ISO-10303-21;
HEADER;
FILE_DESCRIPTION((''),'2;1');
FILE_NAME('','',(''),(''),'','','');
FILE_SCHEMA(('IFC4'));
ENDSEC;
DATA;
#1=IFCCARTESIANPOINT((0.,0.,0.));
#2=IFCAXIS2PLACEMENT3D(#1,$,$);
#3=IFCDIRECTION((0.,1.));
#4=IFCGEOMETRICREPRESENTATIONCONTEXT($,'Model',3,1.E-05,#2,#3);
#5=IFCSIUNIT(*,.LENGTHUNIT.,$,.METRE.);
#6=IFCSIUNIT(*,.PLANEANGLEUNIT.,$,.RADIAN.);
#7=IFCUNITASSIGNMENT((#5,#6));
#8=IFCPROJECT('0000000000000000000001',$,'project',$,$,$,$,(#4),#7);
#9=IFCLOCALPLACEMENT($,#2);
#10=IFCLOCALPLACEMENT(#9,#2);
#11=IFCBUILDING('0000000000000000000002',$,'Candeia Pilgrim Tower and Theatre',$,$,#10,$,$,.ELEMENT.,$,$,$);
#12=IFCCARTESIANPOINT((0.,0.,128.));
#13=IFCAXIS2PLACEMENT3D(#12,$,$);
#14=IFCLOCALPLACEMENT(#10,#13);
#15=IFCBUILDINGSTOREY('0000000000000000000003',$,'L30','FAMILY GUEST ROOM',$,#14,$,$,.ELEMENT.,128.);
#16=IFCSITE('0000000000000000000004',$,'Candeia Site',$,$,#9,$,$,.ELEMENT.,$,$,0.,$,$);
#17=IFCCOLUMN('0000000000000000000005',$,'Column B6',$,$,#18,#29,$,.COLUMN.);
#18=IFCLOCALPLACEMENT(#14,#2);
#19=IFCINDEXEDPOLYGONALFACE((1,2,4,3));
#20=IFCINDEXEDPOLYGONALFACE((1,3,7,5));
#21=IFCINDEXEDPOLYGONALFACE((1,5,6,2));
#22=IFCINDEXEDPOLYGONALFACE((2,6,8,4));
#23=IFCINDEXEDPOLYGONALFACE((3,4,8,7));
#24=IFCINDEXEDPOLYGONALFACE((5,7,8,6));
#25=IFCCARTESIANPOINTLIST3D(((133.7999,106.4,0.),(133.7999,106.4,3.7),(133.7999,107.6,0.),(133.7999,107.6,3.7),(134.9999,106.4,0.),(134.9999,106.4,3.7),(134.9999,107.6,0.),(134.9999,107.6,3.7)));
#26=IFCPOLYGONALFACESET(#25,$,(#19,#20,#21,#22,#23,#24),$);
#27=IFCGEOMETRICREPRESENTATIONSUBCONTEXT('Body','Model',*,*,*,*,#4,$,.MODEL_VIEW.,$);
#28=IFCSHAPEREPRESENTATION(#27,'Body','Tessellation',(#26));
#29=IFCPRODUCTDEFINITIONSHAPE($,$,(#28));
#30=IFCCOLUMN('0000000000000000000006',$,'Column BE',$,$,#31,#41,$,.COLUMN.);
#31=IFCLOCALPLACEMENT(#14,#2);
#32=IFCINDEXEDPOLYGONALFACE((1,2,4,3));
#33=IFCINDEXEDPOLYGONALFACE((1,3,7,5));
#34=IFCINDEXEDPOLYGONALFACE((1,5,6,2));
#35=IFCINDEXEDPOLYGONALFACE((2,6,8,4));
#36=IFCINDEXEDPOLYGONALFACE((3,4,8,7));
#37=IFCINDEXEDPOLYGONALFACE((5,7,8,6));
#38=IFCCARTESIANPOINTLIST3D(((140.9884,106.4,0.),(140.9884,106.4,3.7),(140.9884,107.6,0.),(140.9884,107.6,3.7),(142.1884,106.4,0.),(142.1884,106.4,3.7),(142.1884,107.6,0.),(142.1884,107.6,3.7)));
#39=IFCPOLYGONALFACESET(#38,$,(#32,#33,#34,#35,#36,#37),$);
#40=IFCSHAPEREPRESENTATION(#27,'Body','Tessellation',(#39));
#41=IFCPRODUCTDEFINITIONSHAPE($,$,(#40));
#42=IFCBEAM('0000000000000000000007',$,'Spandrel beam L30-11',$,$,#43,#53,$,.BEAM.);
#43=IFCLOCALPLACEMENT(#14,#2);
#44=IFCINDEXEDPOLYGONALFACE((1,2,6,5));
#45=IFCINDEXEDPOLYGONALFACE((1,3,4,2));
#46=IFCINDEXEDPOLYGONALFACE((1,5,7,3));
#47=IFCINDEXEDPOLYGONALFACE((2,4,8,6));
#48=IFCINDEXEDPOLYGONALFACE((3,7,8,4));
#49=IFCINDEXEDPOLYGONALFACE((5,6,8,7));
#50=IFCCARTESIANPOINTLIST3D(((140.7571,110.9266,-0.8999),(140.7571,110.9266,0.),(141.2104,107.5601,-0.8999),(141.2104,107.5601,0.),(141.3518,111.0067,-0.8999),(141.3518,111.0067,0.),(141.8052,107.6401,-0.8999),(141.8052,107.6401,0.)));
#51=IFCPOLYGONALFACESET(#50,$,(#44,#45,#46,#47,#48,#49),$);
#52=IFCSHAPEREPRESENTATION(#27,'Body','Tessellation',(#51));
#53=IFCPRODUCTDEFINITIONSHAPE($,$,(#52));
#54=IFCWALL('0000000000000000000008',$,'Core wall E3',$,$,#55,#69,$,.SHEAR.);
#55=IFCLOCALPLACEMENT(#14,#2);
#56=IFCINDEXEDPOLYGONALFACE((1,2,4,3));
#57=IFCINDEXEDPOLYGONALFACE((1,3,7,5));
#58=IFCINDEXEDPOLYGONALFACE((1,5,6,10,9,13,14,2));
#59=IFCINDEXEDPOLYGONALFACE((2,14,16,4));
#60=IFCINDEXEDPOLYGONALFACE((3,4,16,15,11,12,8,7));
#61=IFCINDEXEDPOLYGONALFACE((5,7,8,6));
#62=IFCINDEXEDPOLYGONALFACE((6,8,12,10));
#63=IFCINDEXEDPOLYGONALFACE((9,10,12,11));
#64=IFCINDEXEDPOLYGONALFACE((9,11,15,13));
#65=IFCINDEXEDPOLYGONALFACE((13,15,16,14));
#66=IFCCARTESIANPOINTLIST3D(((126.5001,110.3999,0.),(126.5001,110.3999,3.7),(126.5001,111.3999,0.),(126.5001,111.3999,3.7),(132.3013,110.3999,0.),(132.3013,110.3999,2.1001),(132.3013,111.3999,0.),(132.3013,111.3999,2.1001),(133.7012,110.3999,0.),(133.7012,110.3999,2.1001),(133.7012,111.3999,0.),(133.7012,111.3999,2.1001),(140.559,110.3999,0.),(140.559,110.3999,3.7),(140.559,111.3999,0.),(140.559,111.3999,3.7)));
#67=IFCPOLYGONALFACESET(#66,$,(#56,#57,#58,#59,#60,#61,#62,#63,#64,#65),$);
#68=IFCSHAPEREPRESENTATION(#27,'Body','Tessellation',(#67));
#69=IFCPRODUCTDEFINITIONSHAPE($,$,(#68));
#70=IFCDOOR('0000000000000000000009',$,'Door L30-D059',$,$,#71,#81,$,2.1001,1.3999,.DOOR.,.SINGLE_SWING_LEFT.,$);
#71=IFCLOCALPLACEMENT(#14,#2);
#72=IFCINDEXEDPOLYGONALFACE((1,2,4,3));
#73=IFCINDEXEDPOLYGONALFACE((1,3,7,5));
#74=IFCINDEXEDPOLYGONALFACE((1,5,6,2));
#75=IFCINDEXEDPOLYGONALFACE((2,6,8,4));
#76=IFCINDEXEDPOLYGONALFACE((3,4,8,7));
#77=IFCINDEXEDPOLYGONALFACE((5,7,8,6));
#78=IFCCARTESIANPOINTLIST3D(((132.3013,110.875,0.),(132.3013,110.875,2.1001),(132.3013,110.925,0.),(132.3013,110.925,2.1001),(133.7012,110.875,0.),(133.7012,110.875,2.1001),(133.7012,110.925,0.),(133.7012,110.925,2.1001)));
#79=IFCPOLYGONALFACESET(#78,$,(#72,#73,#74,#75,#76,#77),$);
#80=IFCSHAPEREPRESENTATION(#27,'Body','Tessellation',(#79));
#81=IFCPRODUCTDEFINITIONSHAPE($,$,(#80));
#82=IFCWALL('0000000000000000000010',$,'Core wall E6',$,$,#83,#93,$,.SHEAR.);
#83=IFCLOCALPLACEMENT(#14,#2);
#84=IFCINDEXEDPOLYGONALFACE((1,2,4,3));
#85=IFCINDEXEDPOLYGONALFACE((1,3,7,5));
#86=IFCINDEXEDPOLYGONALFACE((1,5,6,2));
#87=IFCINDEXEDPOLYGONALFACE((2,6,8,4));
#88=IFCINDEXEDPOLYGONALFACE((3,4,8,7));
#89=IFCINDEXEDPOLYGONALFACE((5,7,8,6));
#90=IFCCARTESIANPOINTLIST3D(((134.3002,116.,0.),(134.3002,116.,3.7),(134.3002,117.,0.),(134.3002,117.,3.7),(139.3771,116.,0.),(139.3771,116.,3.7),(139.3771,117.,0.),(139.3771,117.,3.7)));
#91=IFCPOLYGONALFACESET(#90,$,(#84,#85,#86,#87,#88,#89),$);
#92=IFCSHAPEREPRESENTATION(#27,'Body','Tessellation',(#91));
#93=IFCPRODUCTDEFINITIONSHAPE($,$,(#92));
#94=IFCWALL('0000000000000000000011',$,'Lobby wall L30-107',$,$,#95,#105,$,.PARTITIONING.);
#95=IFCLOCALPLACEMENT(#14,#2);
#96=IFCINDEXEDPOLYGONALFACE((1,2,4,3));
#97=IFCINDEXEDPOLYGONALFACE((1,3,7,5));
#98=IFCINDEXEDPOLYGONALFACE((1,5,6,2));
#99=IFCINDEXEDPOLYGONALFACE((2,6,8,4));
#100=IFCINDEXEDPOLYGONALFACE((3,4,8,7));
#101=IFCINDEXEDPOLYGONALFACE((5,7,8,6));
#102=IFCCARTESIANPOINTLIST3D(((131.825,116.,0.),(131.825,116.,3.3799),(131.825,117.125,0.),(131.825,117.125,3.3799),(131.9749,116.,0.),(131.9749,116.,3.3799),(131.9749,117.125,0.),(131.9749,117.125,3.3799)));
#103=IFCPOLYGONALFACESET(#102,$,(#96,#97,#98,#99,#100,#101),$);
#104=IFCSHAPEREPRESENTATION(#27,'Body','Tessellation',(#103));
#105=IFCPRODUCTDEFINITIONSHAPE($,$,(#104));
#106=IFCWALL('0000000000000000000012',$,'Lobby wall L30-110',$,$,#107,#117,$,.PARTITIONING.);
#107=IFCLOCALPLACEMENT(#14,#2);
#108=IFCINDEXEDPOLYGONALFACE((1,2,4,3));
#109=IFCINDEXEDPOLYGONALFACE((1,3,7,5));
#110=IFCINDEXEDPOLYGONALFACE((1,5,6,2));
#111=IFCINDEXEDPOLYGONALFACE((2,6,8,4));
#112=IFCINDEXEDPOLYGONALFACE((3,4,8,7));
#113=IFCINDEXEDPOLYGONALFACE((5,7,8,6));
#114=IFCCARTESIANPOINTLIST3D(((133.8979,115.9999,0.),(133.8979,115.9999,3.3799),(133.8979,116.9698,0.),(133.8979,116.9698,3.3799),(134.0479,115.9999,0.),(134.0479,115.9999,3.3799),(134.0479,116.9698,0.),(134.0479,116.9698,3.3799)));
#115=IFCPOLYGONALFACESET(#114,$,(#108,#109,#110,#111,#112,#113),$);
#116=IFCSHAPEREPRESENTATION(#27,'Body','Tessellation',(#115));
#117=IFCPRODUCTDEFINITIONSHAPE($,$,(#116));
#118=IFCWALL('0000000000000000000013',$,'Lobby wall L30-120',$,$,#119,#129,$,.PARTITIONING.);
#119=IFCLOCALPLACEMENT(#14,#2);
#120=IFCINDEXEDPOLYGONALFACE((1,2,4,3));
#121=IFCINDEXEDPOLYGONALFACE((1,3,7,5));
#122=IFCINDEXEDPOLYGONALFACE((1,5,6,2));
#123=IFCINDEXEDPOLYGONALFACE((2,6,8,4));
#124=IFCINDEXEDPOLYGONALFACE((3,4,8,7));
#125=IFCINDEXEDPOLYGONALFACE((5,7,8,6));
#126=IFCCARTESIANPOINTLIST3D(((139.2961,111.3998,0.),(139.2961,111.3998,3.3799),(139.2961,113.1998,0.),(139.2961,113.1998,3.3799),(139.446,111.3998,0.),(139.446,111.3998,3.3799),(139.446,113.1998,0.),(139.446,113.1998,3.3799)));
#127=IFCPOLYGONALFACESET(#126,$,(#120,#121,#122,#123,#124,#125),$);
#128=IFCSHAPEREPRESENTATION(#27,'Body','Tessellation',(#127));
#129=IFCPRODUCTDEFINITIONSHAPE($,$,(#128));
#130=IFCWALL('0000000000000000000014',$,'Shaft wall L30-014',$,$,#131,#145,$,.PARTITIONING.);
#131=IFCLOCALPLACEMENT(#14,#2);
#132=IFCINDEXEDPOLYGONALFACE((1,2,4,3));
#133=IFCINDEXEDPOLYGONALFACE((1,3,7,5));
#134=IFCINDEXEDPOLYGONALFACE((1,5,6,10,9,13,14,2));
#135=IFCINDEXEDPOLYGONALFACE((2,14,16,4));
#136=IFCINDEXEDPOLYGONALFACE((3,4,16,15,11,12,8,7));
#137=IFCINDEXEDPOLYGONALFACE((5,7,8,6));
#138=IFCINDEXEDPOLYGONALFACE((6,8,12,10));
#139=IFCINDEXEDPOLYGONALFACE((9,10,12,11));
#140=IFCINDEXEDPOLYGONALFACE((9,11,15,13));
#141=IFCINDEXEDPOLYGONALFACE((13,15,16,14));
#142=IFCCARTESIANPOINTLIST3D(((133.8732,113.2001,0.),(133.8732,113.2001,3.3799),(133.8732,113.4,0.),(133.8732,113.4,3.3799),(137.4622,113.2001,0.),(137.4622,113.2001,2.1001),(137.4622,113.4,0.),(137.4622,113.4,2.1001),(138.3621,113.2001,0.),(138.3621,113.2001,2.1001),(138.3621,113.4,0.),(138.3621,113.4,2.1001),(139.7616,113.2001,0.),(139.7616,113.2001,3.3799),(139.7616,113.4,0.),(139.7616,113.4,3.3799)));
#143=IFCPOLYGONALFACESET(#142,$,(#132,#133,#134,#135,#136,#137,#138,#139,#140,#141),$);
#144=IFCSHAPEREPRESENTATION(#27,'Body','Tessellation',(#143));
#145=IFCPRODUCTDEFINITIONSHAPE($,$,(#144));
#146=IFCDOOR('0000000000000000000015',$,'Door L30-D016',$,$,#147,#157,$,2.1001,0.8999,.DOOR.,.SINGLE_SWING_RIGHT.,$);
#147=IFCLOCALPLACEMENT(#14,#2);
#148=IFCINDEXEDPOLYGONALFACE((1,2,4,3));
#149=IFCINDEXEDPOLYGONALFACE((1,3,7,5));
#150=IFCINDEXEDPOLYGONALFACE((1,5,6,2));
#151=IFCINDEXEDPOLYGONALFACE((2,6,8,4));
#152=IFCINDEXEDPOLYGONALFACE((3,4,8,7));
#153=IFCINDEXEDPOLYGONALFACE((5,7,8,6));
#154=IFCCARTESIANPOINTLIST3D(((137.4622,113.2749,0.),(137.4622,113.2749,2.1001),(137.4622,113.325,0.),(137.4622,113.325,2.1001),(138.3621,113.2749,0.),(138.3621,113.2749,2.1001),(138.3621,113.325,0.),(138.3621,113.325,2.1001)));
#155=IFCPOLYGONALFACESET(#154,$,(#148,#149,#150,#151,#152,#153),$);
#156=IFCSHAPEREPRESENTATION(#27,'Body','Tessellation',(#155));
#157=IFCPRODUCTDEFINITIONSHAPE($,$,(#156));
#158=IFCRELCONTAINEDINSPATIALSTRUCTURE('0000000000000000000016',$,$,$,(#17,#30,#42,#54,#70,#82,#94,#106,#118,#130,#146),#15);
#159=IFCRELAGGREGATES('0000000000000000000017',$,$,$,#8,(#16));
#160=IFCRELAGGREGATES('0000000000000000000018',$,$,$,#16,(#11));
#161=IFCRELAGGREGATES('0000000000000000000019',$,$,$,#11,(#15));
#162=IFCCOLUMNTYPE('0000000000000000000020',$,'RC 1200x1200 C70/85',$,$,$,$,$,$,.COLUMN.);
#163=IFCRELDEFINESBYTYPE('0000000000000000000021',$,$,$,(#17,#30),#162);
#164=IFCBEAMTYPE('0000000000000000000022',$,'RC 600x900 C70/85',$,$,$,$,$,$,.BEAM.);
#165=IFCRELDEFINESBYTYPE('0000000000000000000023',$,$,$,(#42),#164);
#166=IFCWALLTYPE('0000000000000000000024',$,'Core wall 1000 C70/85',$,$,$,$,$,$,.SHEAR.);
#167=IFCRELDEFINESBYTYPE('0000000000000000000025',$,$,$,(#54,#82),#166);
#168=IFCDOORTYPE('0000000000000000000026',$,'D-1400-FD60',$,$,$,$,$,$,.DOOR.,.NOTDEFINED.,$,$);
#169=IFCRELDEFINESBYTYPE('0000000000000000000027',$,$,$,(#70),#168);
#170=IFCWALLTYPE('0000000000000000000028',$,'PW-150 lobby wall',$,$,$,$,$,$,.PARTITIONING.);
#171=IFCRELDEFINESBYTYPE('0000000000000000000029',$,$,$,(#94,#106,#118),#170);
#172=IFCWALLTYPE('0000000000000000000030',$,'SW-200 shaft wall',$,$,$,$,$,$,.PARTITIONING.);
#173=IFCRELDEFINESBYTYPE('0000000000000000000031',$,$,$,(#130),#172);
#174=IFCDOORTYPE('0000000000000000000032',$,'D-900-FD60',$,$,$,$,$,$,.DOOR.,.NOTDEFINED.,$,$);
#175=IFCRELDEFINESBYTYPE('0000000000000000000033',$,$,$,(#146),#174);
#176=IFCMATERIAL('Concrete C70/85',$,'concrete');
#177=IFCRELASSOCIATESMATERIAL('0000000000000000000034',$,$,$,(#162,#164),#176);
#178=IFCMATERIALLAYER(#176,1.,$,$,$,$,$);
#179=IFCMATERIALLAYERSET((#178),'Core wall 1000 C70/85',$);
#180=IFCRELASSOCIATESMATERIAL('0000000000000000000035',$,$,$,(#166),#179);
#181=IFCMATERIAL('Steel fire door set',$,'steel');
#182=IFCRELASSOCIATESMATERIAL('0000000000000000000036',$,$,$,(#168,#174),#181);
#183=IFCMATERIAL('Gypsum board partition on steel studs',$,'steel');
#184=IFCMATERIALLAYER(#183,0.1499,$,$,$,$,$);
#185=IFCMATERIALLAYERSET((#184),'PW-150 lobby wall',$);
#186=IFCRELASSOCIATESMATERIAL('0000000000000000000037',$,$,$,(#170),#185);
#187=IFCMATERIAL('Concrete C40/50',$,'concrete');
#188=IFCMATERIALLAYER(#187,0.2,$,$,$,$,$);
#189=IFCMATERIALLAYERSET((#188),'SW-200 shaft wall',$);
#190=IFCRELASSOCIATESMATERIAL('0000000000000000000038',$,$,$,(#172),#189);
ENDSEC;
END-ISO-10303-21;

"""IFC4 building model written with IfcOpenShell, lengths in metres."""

from ifc_helpers import new_model, si_unit, direction, frame, frame_2d, origin, origin_2d, place, context, subcontext, project, spatial, rectangle, extrude, material, layer, layer_set, material_profile, profile_set, type_object, element, fill, save


model = new_model("IFC4")

# Units and contexts
model_context = context("Model", 3, precision=1e-05, world=origin(), true_north=direction((0.0, 1.0)))
body_context = subcontext(model_context, "Body", "Model", "MODEL_VIEW")
ifc_project = project(units=[si_unit("LENGTHUNIT", "METRE"), si_unit("PLANEANGLEUNIT", "RADIAN")], contexts=[model_context])

# Site, building, storey
site_placement = place(None, origin())
site = spatial("IfcSite", under=ifc_project, at=site_placement, Name="Candeia Site", CompositionType="ELEMENT", RefElevation=0.0)
building_placement = place(site_placement, origin())
building = spatial("IfcBuilding", under=site, at=building_placement, Name="Candeia Pilgrim Tower and Theatre", CompositionType="ELEMENT")
storey_placement = place(building_placement, frame((0.0, 0.0, 128.0)))
storey = spatial("IfcBuildingStorey", under=building, at=storey_placement, Name="L30", Description="FAMILY GUEST ROOM", CompositionType="ELEMENT", Elevation=128.0)

# Columns
ifc_material_1 = material(Name="Concrete C70/85", Category="concrete")
ifc_material_profile_1 = material_profile(ifc_material_1, rectangle(XDim=1.2, YDim=1.2, at=origin_2d()))
ifc_profile_set_1 = profile_set([ifc_material_profile_1], Name="Concrete C70/85")
column_type = type_object("IfcColumnType", Name="RC 1200x1200 C70/85", PredefinedType="COLUMN", material=ifc_profile_set_1)
for number, where, z_axis, x_axis, name in (
    (1, (134.3999, 107.0, 0.0), (0.0, 0.0, 1.0), (1.0, 0.0, 0.0), "Column B6"),
    (2, (141.5884, 107.0, 0.0), (0.0, 0.0, 1.0), (1.0, 0.0, 0.0), "Column BE"),
):
    element("IfcColumn", number, at=place(storey_placement, frame(where, z_axis=z_axis, x_axis=x_axis)), inside=storey, type_object=column_type, Name=name, PredefinedType="COLUMN", context=body_context, shape_type="SweptSolid", body=[
        extrude(rectangle(XDim=1.2, YDim=1.2, at=origin_2d()), origin(), (0.0, 0.0, 1.0), 3.7),
    ])

# Beam
ifc_material_profile_2 = material_profile(ifc_material_1, rectangle(XDim=0.6001, YDim=0.8999, at=origin_2d()))
ifc_profile_set_2 = profile_set([ifc_material_profile_2], Name="Concrete C70/85")
beam_type = type_object("IfcBeamType", Name="RC 600x900 C70/85", PredefinedType="BEAM", material=ifc_profile_set_2)
beam_placement = place(storey_placement, frame((141.5078, 107.6001, -0.45), z_axis=(-0.133458, 0.991054, 0.0), x_axis=(-0.991054, -0.133458, 0.0)))
element("IfcBeam", 3, at=beam_placement, inside=storey, type_object=beam_type, Name="Spandrel beam L30-11", PredefinedType="BEAM", context=body_context, shape_type="SweptSolid", body=[
    extrude(rectangle(XDim=0.6001, YDim=0.8999, at=origin_2d()), origin(), (0.0, 0.0, 1.0), 3.397),
])

# Wall, opening, door
ifc_layer_1 = layer(ifc_material_1, 1.0)
ifc_layer_set_1 = layer_set([ifc_layer_1], Name="Core wall 1000 C70/85")
wall_type_1 = type_object("IfcWallType", Name="Core wall 1000 C70/85", PredefinedType="SHEAR", material=ifc_layer_set_1)
wall_1_placement = place(storey_placement, frame((140.5588, 110.8999, 0.0), z_axis=(0.0, 0.0, 1.0), x_axis=(-1.0, 0.0, 0.0)))
wall_1 = element("IfcWall", 4, at=wall_1_placement, inside=storey, type_object=wall_type_1, Name="Core wall E3", PredefinedType="SHEAR", context=body_context, shape_type="SweptSolid", body=[
    extrude(rectangle(XDim=14.0588, YDim=1.0, at=frame_2d((7.0293, 0.0))), origin(), (0.0, 0.0, 1.0), 3.7),
])
opening_1_placement = place(wall_1_placement, frame((6.8577, 0.0, 0.0)))
opening_1 = element("IfcOpeningElement", 5, at=opening_1_placement, cuts=wall_1, PredefinedType="OPENING", context=body_context, shape_type="SweptSolid", body=[
    extrude(rectangle(XDim=1.3999, YDim=2.1001, at=frame_2d((0.7, 1.05))), frame((0.0, 0.51, 0.0), z_axis=(0.0, -1.0, 0.0), x_axis=(1.0, 0.0, 0.0)), (0.0, 0.0, 1.0), 1.02),
])
ifc_material_2 = material(Name="Steel fire door set", Category="steel")
door_type_1 = type_object("IfcDoorType", Name="D-1400-FD60", OperationType="NOTDEFINED", PredefinedType="DOOR", material=ifc_material_2)
door_1_placement = place(opening_1_placement, origin())
door_1 = element("IfcDoor", 6, at=door_1_placement, inside=storey, type_object=door_type_1, Name="Door L30-D059", OperationType="SINGLE_SWING_LEFT", OverallHeight=2.1001, OverallWidth=1.3999, PredefinedType="DOOR", context=body_context, shape_type="SweptSolid", body=[
    extrude(rectangle(XDim=1.3999, YDim=2.1001, at=frame_2d((0.7, 1.05))), frame((0.0, 0.0249, 0.0), z_axis=(0.0, -1.0, 0.0), x_axis=(1.0, 0.0, 0.0)), (0.0, 0.0, 1.0), 0.05),
])
fill(opening_1, door_1)

# Walls
wall_2_placement = place(storey_placement, frame((134.3, 116.5, 0.0), z_axis=(0.0, 0.0, 1.0), x_axis=(1.0, 0.0, 0.0)))
element("IfcWall", 7, at=wall_2_placement, inside=storey, type_object=wall_type_1, Name="Core wall E6", PredefinedType="SHEAR", context=body_context, shape_type="SweptSolid", body=[
    extrude(rectangle(XDim=5.0769, YDim=1.0, at=frame_2d((2.5386, 0.0))), origin(), (0.0, 0.0, 1.0), 3.7),
])
ifc_material_3 = material(Name="Gypsum board partition on steel studs", Category="steel")
ifc_layer_2 = layer(ifc_material_3, 0.1499)
ifc_layer_set_2 = layer_set([ifc_layer_2], Name="PW-150 lobby wall")
wall_type_2 = type_object("IfcWallType", Name="PW-150 lobby wall", PredefinedType="PARTITIONING", material=ifc_layer_set_2)
wall_3_placement = place(storey_placement, frame((131.8999, 116.0, 0.0), z_axis=(0.0, 0.0, 1.0), x_axis=(0.0, 1.0, 0.0)))
element("IfcWall", 8, at=wall_3_placement, inside=storey, type_object=wall_type_2, Name="Lobby wall L30-107", PredefinedType="PARTITIONING", context=body_context, shape_type="SweptSolid", body=[
    extrude(rectangle(XDim=1.125, YDim=0.1499, at=frame_2d((0.5625, 0.0))), origin(), (0.0, 0.0, 1.0), 3.3799),
])
wall_4_placement = place(storey_placement, frame((133.9729, 116.0, 0.0), z_axis=(0.0, 0.0, 1.0), x_axis=(0.0, 1.0, 0.0)))
element("IfcWall", 9, at=wall_4_placement, inside=storey, type_object=wall_type_2, Name="Lobby wall L30-110", PredefinedType="PARTITIONING", context=body_context, shape_type="SweptSolid", body=[
    extrude(rectangle(XDim=0.97, YDim=0.1499, at=frame_2d((0.4849, 0.0))), origin(), (0.0, 0.0, 1.0), 3.3799),
])
wall_5_placement = place(storey_placement, frame((139.3711, 111.3999, 0.0), z_axis=(0.0, 0.0, 1.0), x_axis=(0.0, 1.0, 0.0)))
element("IfcWall", 10, at=wall_5_placement, inside=storey, type_object=wall_type_2, Name="Lobby wall L30-120", PredefinedType="PARTITIONING", context=body_context, shape_type="SweptSolid", body=[
    extrude(rectangle(XDim=1.8, YDim=0.1499, at=frame_2d((0.8999, 0.0))), origin(), (0.0, 0.0, 1.0), 3.3799),
])

# Wall, opening, door
ifc_material_4 = material(Name="Concrete C40/50", Category="concrete")
ifc_layer_3 = layer(ifc_material_4, 0.2)
ifc_layer_set_3 = layer_set([ifc_layer_3], Name="SW-200 shaft wall")
wall_type_3 = type_object("IfcWallType", Name="SW-200 shaft wall", PredefinedType="PARTITIONING", material=ifc_layer_set_3)
wall_6_placement = place(storey_placement, frame((133.873, 113.3, 0.0), z_axis=(0.0, 0.0, 1.0), x_axis=(1.0, 0.0, 0.0)))
wall_6 = element("IfcWall", 11, at=wall_6_placement, inside=storey, type_object=wall_type_3, Name="Shaft wall L30-014", PredefinedType="PARTITIONING", context=body_context, shape_type="SweptSolid", body=[
    extrude(rectangle(XDim=5.8884, YDim=0.2, at=frame_2d((2.9443, 0.0))), origin(), (0.0, 0.0, 1.0), 3.3799),
])
opening_2_placement = place(wall_6_placement, frame((3.5891, 0.0, 0.0)))
opening_2 = element("IfcOpeningElement", 12, at=opening_2_placement, cuts=wall_6, PredefinedType="OPENING", context=body_context, shape_type="SweptSolid", body=[
    extrude(rectangle(XDim=0.8999, YDim=2.1001, at=frame_2d((0.45, 1.05))), frame((0.0, 0.1099, 0.0), z_axis=(0.0, -1.0, 0.0), x_axis=(1.0, 0.0, 0.0)), (0.0, 0.0, 1.0), 0.22),
])
door_type_2 = type_object("IfcDoorType", Name="D-900-FD60", OperationType="NOTDEFINED", PredefinedType="DOOR", material=ifc_material_2)
door_2_placement = place(opening_2_placement, origin())
door_2 = element("IfcDoor", 13, at=door_2_placement, inside=storey, type_object=door_type_2, Name="Door L30-D016", OperationType="SINGLE_SWING_RIGHT", OverallHeight=2.1001, OverallWidth=0.8999, PredefinedType="DOOR", context=body_context, shape_type="SweptSolid", body=[
    extrude(rectangle(XDim=0.8999, YDim=2.1001, at=frame_2d((0.45, 1.05))), frame((0.0, 0.0249, 0.0), z_axis=(0.0, -1.0, 0.0), x_axis=(1.0, 0.0, 0.0)), (0.0, 0.0, 1.0), 0.05),
])
fill(opening_2, door_2)

save(model, "model.ifc")
